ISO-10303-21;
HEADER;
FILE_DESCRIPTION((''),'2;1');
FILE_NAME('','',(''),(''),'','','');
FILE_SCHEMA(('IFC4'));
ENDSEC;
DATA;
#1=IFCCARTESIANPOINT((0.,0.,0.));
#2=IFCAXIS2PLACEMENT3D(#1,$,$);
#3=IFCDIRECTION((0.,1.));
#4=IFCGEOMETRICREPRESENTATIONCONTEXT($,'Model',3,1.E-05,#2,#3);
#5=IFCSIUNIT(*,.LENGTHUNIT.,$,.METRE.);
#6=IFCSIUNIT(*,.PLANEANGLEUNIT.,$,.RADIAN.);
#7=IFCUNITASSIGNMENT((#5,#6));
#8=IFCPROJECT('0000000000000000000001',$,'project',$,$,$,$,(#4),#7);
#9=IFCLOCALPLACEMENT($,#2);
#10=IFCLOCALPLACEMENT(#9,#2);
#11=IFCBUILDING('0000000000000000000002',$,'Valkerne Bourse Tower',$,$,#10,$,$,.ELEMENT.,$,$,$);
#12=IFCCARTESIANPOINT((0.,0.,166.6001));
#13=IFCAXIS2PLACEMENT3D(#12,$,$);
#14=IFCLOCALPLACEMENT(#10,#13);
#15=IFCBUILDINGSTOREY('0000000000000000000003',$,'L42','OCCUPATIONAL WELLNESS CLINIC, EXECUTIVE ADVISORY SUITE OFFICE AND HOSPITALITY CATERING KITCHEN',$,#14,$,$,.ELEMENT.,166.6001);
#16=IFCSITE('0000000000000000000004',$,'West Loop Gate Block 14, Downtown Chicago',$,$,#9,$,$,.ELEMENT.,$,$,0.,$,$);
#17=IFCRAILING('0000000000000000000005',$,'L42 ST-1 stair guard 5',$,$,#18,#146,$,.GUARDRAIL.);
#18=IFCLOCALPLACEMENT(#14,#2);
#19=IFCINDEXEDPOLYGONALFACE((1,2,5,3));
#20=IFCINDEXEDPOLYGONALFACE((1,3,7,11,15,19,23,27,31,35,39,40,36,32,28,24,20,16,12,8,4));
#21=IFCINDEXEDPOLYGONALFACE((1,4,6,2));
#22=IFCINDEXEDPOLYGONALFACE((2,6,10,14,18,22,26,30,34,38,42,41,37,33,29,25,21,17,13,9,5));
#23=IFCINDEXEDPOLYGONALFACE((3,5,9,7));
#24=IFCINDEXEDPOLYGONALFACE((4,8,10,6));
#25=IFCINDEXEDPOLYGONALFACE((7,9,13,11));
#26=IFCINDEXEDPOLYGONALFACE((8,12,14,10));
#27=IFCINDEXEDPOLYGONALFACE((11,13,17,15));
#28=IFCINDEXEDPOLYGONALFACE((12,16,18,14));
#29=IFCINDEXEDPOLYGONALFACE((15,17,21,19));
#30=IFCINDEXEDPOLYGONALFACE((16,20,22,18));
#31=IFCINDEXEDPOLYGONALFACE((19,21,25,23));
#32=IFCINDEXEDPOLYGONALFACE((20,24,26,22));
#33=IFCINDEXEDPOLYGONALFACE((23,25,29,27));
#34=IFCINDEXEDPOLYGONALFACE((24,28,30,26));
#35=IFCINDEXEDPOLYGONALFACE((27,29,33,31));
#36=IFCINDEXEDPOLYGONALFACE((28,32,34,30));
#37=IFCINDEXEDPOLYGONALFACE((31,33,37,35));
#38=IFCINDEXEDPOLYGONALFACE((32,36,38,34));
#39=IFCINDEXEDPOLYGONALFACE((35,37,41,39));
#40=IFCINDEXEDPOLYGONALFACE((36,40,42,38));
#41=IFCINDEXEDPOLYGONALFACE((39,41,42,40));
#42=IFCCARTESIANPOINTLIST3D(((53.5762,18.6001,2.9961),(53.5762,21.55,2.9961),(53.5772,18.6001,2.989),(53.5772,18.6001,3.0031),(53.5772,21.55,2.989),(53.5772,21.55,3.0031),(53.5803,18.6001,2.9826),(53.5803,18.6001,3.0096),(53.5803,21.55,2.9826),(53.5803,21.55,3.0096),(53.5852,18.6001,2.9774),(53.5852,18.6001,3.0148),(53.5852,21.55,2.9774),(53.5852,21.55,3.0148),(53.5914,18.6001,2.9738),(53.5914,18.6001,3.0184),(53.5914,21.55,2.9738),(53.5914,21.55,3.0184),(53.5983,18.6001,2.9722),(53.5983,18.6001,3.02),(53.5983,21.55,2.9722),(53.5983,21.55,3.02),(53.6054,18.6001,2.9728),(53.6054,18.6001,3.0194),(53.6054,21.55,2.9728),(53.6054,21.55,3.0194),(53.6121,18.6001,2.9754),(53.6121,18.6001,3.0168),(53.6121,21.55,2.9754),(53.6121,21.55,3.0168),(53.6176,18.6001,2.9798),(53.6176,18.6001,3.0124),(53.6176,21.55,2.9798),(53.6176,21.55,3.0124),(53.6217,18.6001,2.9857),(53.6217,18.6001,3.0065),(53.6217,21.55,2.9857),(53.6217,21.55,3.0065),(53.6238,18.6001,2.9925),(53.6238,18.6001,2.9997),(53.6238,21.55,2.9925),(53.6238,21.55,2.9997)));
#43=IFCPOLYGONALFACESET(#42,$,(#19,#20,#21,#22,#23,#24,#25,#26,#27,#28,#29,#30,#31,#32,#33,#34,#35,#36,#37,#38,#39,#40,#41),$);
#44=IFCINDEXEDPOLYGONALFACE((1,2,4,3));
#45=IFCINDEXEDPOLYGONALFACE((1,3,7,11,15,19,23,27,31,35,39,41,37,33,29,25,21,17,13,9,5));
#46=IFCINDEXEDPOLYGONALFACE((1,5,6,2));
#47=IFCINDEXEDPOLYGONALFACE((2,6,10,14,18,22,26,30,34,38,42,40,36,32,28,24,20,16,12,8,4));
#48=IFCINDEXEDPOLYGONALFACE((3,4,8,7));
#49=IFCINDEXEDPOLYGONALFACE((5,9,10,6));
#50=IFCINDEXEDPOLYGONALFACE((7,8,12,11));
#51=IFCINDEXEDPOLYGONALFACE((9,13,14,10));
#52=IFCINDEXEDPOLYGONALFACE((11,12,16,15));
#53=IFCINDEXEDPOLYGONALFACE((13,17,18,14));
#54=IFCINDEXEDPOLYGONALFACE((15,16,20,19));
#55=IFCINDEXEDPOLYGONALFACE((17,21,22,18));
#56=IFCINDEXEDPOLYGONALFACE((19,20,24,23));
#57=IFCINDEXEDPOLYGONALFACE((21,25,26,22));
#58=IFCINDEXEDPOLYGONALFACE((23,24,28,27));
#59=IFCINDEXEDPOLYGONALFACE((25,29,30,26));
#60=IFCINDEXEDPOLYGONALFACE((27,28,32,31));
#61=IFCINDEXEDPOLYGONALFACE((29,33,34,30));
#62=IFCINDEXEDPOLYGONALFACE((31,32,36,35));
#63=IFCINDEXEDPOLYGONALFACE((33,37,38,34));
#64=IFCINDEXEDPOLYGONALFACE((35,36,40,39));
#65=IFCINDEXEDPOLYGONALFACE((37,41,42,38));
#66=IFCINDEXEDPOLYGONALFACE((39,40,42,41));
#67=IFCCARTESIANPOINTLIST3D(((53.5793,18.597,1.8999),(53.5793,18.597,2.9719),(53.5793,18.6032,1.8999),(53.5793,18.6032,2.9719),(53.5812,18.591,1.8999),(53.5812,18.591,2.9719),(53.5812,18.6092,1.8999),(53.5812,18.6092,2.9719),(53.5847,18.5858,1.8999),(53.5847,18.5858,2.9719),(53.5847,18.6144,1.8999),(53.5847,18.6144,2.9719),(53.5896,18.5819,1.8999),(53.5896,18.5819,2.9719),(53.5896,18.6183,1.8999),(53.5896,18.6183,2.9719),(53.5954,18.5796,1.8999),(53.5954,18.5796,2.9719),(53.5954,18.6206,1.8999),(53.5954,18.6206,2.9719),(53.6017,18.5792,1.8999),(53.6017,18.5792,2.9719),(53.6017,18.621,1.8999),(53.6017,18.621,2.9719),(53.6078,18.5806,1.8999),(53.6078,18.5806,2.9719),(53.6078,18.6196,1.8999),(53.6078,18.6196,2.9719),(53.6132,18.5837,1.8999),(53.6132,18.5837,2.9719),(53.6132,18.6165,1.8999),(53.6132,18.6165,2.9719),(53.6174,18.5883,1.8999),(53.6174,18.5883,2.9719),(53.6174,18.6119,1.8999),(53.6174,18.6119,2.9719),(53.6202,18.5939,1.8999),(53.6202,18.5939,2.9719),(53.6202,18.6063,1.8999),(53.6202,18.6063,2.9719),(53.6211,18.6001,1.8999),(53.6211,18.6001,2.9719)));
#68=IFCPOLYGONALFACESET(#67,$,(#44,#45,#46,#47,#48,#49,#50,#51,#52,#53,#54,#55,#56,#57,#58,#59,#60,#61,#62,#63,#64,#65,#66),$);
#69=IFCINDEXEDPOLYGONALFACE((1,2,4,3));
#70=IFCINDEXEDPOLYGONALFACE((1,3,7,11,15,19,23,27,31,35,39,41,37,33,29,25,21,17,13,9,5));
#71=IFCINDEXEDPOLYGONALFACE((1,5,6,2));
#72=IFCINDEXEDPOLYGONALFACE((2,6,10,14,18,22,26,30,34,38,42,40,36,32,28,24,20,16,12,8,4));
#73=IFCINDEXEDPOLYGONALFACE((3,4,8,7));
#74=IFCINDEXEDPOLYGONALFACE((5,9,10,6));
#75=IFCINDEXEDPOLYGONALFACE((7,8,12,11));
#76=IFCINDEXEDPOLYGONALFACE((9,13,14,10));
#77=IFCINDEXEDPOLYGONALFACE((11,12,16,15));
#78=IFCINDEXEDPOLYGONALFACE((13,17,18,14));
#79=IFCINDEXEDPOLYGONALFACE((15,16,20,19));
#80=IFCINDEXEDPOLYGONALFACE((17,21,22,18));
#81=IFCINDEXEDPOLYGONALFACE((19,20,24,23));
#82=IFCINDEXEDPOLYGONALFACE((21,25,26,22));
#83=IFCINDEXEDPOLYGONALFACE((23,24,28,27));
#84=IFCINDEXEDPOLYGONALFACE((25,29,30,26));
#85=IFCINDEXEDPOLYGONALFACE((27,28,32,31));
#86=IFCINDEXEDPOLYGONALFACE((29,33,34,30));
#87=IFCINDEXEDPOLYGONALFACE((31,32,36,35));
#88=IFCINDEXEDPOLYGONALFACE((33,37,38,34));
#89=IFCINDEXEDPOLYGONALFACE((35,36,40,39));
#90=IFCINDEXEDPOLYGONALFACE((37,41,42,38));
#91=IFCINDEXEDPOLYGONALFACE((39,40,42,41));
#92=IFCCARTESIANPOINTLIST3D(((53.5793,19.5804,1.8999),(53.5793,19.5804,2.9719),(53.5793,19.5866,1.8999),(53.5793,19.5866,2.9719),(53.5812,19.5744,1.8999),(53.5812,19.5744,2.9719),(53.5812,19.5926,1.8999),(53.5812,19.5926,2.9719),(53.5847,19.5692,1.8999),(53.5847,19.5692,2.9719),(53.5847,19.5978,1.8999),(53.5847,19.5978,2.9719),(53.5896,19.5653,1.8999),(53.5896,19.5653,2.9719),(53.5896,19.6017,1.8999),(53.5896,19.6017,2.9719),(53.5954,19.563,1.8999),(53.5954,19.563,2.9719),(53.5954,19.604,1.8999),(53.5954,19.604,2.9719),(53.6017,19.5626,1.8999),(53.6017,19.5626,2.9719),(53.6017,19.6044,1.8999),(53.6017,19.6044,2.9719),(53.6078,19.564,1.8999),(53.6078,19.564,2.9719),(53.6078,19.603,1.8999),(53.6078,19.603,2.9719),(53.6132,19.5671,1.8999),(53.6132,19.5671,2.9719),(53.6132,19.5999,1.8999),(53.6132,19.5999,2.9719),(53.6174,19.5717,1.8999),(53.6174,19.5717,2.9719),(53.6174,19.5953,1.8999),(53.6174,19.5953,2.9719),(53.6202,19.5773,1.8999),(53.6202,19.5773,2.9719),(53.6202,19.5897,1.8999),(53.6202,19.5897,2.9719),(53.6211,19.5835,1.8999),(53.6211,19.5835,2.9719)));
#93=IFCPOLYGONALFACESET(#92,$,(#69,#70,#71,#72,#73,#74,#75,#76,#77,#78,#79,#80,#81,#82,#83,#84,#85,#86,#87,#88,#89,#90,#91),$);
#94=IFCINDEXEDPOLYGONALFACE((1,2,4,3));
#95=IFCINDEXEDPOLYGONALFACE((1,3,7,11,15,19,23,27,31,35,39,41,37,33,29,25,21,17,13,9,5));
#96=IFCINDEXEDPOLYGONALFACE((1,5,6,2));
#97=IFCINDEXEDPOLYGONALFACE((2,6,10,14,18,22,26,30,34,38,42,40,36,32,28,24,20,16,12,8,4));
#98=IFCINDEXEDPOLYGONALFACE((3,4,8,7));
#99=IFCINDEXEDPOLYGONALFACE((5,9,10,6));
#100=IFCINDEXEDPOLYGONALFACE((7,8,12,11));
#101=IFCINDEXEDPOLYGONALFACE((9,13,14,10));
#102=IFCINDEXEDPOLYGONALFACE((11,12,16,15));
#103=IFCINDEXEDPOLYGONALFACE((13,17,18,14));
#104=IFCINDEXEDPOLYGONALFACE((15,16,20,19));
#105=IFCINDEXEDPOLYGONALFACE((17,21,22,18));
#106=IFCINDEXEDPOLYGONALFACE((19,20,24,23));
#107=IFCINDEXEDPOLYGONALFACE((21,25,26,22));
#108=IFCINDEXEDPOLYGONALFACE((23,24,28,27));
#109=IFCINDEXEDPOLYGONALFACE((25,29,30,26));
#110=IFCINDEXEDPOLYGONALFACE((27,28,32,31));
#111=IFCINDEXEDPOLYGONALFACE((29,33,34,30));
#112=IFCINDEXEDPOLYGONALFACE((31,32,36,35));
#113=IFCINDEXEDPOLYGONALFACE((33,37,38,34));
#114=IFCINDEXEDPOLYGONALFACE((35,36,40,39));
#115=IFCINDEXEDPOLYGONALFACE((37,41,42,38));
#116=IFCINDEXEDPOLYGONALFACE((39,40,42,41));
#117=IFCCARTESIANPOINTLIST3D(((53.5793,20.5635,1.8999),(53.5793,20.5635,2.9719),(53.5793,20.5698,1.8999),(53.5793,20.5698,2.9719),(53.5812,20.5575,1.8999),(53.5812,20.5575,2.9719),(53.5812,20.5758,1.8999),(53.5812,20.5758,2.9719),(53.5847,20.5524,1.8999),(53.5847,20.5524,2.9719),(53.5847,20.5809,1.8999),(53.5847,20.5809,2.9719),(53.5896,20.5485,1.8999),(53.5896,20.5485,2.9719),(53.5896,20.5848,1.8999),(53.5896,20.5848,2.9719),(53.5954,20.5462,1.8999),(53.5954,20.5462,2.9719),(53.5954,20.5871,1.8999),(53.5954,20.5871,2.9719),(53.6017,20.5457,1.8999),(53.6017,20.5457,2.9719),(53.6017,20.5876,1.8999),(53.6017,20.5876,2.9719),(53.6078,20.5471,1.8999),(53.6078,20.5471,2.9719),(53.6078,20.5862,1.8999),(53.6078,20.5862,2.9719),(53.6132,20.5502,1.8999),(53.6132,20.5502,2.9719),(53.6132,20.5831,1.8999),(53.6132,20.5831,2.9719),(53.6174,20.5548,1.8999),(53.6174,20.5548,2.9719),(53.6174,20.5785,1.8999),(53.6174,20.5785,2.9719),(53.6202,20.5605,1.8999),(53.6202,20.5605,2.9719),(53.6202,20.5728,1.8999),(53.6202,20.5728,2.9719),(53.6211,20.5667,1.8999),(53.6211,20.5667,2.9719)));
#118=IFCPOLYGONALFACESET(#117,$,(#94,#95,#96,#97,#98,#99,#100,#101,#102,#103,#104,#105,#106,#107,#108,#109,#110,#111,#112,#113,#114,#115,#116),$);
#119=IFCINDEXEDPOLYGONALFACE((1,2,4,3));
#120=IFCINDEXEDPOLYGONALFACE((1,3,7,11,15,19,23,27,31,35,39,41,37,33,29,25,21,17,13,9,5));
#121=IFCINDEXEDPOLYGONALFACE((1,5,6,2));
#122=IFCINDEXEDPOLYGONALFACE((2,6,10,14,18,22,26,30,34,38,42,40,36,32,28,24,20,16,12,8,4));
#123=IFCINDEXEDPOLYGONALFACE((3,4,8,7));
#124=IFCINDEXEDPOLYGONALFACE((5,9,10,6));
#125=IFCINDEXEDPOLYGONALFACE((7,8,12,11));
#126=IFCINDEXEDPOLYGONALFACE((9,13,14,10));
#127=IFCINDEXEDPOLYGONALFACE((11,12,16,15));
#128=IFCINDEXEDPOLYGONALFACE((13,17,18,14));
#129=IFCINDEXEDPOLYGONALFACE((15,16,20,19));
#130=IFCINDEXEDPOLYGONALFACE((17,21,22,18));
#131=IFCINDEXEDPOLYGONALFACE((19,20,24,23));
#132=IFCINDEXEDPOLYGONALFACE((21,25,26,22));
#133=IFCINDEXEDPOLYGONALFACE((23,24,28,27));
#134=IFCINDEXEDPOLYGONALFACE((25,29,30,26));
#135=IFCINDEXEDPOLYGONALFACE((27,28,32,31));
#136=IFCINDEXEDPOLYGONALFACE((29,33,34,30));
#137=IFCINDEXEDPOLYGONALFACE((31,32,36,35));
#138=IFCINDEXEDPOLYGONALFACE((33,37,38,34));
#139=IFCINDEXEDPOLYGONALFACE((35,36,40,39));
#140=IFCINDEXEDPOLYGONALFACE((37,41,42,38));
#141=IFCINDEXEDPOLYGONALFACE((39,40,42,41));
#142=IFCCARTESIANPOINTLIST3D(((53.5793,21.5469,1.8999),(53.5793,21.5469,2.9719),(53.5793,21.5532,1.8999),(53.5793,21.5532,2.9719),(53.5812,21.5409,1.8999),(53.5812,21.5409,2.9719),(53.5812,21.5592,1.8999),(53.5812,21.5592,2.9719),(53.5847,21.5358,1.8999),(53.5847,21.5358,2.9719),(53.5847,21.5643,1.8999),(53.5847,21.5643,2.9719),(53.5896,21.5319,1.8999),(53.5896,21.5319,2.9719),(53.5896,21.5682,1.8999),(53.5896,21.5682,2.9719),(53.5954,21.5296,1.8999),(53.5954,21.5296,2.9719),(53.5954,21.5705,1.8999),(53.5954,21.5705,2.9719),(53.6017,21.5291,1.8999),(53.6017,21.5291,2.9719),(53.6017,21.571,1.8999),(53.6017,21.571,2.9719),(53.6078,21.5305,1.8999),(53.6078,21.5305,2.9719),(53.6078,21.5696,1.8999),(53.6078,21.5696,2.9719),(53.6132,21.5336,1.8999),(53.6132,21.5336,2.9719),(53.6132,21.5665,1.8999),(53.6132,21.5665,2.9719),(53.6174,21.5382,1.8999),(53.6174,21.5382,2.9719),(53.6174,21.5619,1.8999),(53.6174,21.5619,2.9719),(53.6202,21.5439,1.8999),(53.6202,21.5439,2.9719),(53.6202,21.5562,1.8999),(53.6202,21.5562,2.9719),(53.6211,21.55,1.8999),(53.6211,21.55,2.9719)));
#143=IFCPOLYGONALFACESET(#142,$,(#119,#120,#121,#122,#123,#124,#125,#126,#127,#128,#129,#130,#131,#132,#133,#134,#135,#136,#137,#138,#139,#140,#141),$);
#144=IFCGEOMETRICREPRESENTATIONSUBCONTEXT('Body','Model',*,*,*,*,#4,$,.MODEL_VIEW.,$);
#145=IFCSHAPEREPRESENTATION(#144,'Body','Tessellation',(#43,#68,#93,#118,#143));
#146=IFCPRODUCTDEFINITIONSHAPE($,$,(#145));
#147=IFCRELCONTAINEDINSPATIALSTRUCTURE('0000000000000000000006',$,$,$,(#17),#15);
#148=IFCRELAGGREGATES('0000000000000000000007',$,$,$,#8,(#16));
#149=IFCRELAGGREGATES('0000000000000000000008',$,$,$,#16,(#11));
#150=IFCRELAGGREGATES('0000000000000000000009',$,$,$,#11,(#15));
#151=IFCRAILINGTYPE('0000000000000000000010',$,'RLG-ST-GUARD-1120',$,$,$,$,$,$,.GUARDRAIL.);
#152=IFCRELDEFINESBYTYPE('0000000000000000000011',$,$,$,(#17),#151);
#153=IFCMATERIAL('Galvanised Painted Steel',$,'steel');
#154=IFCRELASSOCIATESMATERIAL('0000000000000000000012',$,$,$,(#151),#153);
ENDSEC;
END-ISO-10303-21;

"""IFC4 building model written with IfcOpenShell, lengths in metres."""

from ifc_helpers import new_model, si_unit, direction, frame, origin, origin_2d, place, context, subcontext, project, spatial, circle, extrude, material, type_object, element, save


model = new_model("IFC4")

# Units and contexts
model_context = context("Model", 3, precision=1e-05, world=origin(), true_north=direction((0.0, 1.0)))
body_context = subcontext(model_context, "Body", "Model", "MODEL_VIEW")
ifc_project = project(units=[si_unit("LENGTHUNIT", "METRE"), si_unit("PLANEANGLEUNIT", "RADIAN")], contexts=[model_context])

# Site, building, storey
site_placement = place(None, origin())
site = spatial("IfcSite", under=ifc_project, at=site_placement, Name="West Loop Gate Block 14, Downtown Chicago", CompositionType="ELEMENT", RefElevation=0.0)
building_placement = place(site_placement, origin())
building = spatial("IfcBuilding", under=site, at=building_placement, Name="Valkerne Bourse Tower", CompositionType="ELEMENT")
storey_placement = place(building_placement, frame((0.0, 0.0, 166.6001)))
storey = spatial("IfcBuildingStorey", under=building, at=storey_placement, Name="L42", Description="OCCUPATIONAL WELLNESS CLINIC, EXECUTIVE ADVISORY SUITE OFFICE AND HOSPITALITY CATERING KITCHEN", CompositionType="ELEMENT", Elevation=166.6001)

# Railing
ifc_material_1 = material(Name="Galvanised Painted Steel", Category="steel")
railing_type = type_object("IfcRailingType", Name="RLG-ST-GUARD-1120", PredefinedType="GUARDRAIL", material=ifc_material_1)
railing_1_placement = place(storey_placement, frame((53.6001, 18.6001, 1.8999)))
element("IfcRailing", 1, at=railing_1_placement, inside=storey, type_object=railing_type, Name="L42 ST-1 stair guard 5", PredefinedType="GUARDRAIL", context=body_context, shape_type="SweptSolid", body=[
    extrude(circle(Radius=0.0239, at=origin_2d()), frame((0.0, 0.0, 1.0962), z_axis=(0.0, 1.0, 0.0), x_axis=(-1.0, 0.0, 0.0)), (0.0, 0.0, 1.0), 2.95),
    extrude(circle(Radius=0.021, at=origin_2d()), origin(), (0.0, 0.0, 1.0), 1.072),
    extrude(circle(Radius=0.021, at=origin_2d()), frame((0.0, 0.9834, 0.0)), (0.0, 0.0, 1.0), 1.072),
    extrude(circle(Radius=0.021, at=origin_2d()), frame((0.0, 1.9666, 0.0)), (0.0, 0.0, 1.0), 1.072),
    extrude(circle(Radius=0.021, at=origin_2d()), frame((0.0, 2.95, 0.0)), (0.0, 0.0, 1.0), 1.072),
])

save(model, "model.ifc")
